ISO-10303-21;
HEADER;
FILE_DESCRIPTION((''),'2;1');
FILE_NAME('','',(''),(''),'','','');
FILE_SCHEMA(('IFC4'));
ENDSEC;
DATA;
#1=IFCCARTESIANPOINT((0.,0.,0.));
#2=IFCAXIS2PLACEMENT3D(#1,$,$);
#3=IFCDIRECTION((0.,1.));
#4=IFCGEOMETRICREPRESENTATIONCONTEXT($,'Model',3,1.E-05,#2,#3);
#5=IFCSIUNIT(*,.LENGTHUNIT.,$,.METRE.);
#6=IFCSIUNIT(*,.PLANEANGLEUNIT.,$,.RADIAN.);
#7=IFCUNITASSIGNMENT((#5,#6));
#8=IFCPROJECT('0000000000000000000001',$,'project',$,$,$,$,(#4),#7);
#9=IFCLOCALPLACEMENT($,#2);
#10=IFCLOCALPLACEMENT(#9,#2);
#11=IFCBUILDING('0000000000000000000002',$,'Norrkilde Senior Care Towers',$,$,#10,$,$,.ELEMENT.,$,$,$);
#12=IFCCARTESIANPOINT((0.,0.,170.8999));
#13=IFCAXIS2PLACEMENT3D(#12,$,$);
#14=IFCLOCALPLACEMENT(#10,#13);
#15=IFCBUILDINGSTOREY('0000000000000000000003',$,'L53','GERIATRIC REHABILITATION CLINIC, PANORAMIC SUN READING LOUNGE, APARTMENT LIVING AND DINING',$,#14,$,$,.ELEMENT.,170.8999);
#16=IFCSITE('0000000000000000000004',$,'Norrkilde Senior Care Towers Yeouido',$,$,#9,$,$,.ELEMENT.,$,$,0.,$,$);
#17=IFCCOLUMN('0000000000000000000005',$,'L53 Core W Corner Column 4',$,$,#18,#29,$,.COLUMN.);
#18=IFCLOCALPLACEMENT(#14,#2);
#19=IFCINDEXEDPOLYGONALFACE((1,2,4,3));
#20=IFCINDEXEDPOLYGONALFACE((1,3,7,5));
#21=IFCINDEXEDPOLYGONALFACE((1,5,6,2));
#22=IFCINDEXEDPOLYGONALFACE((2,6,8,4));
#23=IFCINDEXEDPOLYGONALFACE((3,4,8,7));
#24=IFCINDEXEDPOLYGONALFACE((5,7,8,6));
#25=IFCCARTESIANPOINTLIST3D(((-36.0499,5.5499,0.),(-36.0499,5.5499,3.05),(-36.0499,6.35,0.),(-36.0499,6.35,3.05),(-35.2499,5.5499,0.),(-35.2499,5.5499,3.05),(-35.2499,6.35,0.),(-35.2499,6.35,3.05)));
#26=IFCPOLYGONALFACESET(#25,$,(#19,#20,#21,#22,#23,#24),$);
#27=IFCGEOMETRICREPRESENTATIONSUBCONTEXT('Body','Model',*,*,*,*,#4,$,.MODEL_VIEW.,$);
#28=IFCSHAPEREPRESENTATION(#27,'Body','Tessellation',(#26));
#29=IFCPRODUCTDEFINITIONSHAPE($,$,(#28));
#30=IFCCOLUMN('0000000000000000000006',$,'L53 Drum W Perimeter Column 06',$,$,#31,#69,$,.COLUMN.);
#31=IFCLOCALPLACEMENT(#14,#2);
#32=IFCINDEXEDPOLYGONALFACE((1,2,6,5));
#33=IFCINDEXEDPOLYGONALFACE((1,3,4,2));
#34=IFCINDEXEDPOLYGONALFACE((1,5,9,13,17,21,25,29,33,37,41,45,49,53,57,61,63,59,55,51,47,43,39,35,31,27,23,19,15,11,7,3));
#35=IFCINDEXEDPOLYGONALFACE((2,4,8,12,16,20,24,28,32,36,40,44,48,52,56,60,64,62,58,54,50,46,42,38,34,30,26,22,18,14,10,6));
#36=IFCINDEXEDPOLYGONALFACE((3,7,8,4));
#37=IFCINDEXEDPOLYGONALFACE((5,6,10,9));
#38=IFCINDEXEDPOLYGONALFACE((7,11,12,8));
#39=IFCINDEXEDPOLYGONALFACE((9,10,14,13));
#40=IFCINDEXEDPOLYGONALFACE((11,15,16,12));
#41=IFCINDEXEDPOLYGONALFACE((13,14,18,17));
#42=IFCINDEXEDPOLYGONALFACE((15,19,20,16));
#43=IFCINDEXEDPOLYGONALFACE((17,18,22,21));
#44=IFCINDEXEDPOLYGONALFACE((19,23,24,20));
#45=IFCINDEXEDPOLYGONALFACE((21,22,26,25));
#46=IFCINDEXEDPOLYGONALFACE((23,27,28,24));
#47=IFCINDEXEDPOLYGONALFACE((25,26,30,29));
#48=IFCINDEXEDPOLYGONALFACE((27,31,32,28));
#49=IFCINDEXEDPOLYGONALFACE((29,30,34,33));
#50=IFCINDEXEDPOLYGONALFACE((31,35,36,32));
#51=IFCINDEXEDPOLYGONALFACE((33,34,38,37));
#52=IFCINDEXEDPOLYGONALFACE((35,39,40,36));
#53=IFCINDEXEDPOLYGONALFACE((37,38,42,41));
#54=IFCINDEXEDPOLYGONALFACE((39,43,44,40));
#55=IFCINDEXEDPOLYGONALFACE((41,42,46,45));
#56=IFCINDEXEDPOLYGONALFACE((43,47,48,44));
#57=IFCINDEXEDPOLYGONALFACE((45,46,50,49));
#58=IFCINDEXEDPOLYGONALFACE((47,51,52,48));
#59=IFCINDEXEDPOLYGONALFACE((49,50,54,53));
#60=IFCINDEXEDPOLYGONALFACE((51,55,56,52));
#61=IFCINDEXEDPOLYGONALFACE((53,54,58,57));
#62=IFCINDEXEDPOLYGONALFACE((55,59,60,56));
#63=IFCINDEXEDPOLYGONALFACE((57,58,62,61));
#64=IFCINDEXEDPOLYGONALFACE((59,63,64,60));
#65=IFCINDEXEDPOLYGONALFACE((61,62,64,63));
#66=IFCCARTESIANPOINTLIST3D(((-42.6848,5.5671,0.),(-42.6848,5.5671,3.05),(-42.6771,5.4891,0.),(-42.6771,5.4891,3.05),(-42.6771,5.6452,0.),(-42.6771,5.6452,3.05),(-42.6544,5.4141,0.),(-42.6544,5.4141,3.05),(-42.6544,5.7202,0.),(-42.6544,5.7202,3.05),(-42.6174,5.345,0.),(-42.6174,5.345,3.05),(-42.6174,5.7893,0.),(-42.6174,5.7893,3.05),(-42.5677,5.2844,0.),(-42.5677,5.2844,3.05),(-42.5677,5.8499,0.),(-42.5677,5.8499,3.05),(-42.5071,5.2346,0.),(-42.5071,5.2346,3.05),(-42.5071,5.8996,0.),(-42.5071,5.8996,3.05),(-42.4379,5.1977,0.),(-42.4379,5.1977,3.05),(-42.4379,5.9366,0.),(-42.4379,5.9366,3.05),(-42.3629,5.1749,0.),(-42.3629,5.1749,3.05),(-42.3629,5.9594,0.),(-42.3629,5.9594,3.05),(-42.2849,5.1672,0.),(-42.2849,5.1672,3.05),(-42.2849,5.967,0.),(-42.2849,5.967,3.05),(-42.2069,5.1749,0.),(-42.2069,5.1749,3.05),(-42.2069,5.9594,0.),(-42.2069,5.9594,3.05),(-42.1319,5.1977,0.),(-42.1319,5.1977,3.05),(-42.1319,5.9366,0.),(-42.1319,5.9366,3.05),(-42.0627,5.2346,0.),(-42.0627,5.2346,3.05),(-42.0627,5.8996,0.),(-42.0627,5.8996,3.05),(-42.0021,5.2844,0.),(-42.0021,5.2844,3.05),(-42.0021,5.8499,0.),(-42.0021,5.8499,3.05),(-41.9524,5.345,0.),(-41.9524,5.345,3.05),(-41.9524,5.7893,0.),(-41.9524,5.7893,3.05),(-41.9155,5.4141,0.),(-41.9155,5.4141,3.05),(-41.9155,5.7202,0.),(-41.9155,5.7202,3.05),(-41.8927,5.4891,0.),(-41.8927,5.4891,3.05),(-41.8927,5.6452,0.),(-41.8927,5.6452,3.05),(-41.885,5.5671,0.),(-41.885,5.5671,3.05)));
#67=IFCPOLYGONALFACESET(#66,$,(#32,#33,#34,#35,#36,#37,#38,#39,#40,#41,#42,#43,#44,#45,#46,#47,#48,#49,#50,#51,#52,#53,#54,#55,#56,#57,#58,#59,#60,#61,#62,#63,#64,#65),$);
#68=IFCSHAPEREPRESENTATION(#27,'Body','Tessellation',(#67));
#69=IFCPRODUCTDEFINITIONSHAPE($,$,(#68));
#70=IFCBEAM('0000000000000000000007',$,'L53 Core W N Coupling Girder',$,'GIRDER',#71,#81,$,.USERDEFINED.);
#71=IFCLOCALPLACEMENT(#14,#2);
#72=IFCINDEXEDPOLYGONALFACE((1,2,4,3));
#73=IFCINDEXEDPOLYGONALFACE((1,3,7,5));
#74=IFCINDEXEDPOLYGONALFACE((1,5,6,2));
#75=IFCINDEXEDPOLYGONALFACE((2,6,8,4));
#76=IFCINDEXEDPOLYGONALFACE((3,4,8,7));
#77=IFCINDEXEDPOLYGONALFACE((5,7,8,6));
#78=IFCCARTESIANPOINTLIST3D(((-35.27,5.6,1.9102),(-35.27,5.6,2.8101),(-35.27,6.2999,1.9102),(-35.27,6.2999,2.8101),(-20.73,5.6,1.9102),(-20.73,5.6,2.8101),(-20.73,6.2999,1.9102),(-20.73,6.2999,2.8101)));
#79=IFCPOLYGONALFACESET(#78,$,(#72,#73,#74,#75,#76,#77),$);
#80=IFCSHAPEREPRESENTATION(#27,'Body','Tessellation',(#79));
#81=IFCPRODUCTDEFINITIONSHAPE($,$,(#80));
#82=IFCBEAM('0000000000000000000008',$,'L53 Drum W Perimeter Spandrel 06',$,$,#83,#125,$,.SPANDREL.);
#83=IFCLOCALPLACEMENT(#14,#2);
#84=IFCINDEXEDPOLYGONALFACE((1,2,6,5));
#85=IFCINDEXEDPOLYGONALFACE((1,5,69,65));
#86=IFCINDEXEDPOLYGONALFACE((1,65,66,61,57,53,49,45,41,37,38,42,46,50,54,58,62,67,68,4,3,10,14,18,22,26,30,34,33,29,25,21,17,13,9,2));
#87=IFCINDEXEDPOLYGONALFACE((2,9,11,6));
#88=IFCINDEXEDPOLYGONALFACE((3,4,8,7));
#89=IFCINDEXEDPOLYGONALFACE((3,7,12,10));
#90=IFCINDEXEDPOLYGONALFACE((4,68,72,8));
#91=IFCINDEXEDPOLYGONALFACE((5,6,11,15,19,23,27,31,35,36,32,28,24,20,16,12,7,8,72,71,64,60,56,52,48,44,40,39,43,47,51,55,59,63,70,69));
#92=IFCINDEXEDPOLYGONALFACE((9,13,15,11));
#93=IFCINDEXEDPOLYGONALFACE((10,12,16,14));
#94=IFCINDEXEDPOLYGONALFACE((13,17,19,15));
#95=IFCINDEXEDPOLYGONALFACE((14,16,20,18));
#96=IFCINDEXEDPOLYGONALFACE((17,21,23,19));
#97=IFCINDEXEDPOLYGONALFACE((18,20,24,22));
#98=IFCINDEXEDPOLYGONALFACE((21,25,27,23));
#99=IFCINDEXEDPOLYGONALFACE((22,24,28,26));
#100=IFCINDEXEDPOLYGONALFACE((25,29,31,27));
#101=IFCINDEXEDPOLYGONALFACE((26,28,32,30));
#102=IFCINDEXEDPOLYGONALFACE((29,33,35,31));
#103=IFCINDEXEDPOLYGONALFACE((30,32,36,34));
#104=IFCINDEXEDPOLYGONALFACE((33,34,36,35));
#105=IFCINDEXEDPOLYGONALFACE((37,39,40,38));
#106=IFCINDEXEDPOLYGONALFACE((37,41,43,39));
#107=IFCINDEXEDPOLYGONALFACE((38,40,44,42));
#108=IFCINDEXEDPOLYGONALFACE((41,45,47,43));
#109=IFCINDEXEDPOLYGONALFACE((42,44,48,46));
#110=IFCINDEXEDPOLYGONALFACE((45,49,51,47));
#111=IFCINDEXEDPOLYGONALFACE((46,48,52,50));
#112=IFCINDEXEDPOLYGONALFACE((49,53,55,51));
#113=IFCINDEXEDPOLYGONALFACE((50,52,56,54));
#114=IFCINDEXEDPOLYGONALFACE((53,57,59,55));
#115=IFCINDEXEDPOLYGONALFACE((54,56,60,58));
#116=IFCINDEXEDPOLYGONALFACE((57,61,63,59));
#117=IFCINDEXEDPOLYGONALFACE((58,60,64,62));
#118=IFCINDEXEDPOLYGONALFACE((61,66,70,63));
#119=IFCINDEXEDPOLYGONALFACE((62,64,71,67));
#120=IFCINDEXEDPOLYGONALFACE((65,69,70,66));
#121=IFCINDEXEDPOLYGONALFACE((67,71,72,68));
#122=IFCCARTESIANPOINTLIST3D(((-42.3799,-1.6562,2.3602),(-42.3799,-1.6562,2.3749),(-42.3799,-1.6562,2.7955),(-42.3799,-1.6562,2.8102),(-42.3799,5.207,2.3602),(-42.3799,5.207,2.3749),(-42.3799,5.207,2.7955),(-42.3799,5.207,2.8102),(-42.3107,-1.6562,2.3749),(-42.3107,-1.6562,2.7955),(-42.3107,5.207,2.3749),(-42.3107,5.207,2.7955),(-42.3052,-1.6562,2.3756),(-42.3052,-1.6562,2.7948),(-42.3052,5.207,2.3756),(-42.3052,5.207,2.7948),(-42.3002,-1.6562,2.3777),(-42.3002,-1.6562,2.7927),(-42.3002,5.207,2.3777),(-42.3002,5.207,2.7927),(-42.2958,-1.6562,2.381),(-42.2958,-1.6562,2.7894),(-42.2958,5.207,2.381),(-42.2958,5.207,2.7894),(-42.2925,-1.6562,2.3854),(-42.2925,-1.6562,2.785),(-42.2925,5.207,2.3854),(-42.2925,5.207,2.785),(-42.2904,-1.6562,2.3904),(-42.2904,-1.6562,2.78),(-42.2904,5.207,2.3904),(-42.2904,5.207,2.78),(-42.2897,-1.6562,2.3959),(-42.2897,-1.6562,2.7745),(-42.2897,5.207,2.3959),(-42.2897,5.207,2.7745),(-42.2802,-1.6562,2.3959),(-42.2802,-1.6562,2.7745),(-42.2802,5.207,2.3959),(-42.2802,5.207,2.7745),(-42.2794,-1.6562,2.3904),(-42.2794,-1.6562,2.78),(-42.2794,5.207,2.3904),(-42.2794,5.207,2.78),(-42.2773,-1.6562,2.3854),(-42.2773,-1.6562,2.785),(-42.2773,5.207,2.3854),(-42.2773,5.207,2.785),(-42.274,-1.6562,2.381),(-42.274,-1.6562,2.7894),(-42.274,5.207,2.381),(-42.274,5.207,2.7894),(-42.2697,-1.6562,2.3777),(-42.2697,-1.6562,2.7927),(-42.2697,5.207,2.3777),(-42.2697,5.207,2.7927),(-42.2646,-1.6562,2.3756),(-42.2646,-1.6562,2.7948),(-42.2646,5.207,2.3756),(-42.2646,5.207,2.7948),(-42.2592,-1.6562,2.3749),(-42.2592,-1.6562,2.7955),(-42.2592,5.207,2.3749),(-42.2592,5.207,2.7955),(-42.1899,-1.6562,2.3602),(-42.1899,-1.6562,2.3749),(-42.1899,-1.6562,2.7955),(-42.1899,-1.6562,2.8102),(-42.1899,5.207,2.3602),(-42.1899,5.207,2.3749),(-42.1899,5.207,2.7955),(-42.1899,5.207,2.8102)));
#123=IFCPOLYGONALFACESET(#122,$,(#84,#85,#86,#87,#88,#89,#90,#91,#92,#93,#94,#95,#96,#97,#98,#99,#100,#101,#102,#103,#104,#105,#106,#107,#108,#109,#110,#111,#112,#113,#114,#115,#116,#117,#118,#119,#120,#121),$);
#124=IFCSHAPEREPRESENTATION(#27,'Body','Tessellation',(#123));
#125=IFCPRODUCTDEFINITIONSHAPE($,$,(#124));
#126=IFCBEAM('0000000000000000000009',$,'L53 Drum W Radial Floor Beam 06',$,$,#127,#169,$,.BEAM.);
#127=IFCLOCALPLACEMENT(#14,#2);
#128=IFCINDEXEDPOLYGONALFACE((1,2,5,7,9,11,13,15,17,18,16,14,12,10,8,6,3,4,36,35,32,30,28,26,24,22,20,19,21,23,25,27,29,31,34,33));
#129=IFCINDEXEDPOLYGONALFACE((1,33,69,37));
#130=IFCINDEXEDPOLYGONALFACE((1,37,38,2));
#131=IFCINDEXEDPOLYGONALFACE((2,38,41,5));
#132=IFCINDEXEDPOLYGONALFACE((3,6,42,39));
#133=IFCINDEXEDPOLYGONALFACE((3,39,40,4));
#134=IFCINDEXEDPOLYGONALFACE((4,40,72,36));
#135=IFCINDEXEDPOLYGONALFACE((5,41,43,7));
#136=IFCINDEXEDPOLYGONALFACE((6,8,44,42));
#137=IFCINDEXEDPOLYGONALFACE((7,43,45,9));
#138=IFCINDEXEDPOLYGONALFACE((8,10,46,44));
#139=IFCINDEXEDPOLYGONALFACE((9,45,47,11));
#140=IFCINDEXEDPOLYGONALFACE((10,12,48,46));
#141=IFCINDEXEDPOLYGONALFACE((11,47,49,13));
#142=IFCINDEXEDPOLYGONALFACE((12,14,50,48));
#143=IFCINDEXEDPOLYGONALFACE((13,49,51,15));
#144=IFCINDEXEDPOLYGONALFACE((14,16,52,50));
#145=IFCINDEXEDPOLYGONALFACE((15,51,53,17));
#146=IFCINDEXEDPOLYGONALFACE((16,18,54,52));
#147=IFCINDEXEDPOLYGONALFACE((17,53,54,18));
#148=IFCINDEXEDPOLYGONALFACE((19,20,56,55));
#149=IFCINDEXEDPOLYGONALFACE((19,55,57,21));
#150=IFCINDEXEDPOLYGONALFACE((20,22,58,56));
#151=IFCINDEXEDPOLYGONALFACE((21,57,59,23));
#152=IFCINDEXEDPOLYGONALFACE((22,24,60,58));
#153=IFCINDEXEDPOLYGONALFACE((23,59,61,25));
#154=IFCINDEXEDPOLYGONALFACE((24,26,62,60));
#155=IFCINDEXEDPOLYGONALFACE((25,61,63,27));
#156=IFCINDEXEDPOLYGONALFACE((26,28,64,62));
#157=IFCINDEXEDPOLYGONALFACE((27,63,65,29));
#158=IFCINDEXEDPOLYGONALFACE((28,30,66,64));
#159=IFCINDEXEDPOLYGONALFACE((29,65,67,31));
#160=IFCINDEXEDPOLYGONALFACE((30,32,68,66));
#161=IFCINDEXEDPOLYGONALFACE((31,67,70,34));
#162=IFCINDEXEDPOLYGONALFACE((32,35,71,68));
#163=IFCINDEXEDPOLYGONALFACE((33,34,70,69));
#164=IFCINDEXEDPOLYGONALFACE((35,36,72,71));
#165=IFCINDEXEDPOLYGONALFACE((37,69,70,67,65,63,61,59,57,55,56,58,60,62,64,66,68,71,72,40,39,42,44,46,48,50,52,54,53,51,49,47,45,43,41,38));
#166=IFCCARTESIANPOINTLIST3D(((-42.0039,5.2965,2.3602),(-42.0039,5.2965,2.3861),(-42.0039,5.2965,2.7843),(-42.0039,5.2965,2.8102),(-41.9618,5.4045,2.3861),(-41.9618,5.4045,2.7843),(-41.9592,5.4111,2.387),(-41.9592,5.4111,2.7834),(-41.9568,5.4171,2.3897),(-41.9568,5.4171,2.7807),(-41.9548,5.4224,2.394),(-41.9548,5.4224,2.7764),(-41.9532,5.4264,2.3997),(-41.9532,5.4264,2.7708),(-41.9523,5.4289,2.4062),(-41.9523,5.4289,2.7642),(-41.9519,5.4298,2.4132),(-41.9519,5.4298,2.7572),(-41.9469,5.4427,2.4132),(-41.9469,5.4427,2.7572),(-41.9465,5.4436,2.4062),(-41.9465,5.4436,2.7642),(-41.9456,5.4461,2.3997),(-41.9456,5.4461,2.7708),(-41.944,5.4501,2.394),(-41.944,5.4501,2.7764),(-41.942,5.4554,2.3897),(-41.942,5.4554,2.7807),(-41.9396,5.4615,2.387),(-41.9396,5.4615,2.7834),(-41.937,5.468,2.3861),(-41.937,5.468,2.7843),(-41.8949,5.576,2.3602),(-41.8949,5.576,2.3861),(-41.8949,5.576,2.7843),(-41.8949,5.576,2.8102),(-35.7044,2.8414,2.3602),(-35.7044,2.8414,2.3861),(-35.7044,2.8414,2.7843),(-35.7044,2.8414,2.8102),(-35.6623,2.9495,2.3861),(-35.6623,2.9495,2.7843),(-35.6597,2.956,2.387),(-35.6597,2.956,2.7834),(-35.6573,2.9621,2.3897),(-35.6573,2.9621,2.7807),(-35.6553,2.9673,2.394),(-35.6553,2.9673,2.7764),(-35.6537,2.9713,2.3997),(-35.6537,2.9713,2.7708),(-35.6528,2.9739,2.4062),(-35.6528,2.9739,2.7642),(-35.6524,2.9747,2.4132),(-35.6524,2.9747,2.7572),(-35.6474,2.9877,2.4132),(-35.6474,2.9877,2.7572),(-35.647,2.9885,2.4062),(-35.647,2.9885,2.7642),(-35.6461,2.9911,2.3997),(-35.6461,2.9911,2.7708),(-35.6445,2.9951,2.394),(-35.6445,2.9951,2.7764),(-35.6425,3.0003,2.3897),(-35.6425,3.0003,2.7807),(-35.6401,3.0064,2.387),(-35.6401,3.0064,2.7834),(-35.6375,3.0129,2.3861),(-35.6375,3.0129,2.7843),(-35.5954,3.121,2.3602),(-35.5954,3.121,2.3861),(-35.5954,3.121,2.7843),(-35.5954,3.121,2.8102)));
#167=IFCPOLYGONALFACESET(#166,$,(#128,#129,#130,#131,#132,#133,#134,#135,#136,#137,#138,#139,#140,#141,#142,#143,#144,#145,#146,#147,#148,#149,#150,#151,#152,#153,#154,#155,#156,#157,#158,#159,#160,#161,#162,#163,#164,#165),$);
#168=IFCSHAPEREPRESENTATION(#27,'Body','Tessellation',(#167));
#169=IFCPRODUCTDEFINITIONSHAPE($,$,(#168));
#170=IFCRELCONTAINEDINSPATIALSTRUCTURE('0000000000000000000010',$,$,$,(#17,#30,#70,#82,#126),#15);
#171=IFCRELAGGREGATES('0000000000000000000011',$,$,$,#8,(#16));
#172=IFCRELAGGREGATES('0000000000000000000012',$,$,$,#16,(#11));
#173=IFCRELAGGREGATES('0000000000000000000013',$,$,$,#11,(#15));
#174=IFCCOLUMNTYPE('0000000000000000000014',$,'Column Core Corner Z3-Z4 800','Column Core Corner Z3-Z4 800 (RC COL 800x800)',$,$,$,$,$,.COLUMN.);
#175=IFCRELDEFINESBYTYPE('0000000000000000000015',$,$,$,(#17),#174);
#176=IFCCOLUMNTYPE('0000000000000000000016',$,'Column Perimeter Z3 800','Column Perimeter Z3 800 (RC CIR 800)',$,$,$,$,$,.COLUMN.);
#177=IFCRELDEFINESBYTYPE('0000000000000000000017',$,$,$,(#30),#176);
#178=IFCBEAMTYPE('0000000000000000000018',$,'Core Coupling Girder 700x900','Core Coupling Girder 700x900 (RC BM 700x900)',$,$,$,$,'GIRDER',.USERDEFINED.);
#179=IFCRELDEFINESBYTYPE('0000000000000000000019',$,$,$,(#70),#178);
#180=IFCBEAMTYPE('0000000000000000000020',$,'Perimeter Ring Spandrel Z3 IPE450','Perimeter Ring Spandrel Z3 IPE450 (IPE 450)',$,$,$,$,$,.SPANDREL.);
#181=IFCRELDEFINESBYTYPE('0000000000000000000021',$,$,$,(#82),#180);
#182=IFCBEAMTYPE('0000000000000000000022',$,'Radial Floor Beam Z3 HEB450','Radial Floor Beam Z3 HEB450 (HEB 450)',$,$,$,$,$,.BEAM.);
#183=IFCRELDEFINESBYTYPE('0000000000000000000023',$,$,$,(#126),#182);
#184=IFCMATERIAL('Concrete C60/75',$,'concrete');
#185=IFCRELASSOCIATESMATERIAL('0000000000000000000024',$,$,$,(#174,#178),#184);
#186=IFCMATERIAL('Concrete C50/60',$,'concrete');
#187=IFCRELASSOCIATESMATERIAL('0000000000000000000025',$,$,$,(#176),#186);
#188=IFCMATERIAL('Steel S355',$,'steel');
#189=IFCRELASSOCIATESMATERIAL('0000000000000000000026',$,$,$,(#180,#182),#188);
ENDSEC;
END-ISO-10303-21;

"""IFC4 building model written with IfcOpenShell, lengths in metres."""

from ifc_helpers import new_model, si_unit, direction, frame, origin, origin_2d, place, context, subcontext, project, spatial, rectangle, circle, i_section, extrude, source, transform, mapped, material, material_profile, profile_set, type_object, type_shapes, element, save


model = new_model("IFC4")

# Units and contexts
model_context = context("Model", 3, precision=1e-05, world=origin(), true_north=direction((0.0, 1.0)))
body_context = subcontext(model_context, "Body", "Model", "MODEL_VIEW")
ifc_project = project(units=[si_unit("LENGTHUNIT", "METRE"), si_unit("PLANEANGLEUNIT", "RADIAN")], contexts=[model_context])

# Site, building, storey
site_placement = place(None, origin())
site = spatial("IfcSite", under=ifc_project, at=site_placement, Name="Norrkilde Senior Care Towers Yeouido", CompositionType="ELEMENT", RefElevation=0.0)
building_placement = place(site_placement, origin())
building = spatial("IfcBuilding", under=site, at=building_placement, Name="Norrkilde Senior Care Towers", CompositionType="ELEMENT")
storey_placement = place(building_placement, frame((0.0, 0.0, 170.8999)))
storey = spatial("IfcBuildingStorey", under=building, at=storey_placement, Name="L53", Description="GERIATRIC REHABILITATION CLINIC, PANORAMIC SUN READING LOUNGE, APARTMENT LIVING AND DINING", CompositionType="ELEMENT", Elevation=170.8999)

# Columns
ifc_material_1 = material(Name="Concrete C60/75", Category="concrete")
ifc_material_profile_1 = material_profile(ifc_material_1, rectangle(XDim=0.8, YDim=0.8, at=origin_2d()), Name="RC COL 800x800")
ifc_profile_set_1 = profile_set([ifc_material_profile_1], Name="Concrete C60/75")
column_type_1 = type_object("IfcColumnType", Name="Column Core Corner Z3-Z4 800", Description="Column Core Corner Z3-Z4 800 (RC COL 800x800)", PredefinedType="COLUMN", material=ifc_profile_set_1)
shared_shape_1 = source(origin(), body_context, "Body", "SweptSolid", [
    extrude(rectangle(XDim=0.8, YDim=0.8, at=origin_2d()), origin(), (0.0, 0.0, 1.0), 3.05),
])
type_shapes(column_type_1, [shared_shape_1])
column_1_placement = place(storey_placement, frame((-35.6499, 5.95, 0.0), z_axis=(0.0, 0.0, 1.0), x_axis=(1.0, 0.0, 0.0)))
element("IfcColumn", 1, at=column_1_placement, inside=storey, type_object=column_type_1, Name="L53 Core W Corner Column 4", PredefinedType="COLUMN", context=body_context, shape_type="MappedRepresentation", body=[
    mapped(shared_shape_1, transform((0.0, 0.0, 0.0), x_axis=(1.0, 0.0, 0.0), y_axis=(0.0, 1.0, 0.0), z_axis=(0.0, 0.0, 1.0), scale=1.0)),
])
ifc_material_2 = material(Name="Concrete C50/60", Category="concrete")
ifc_material_profile_2 = material_profile(ifc_material_2, circle(Radius=0.3999, at=origin_2d()), Name="RC CIR 800")
ifc_profile_set_2 = profile_set([ifc_material_profile_2], Name="Concrete C50/60")
column_type_2 = type_object("IfcColumnType", Name="Column Perimeter Z3 800", Description="Column Perimeter Z3 800 (RC CIR 800)", PredefinedType="COLUMN", material=ifc_profile_set_2)
shared_shape_2 = source(origin(), body_context, "Body", "SweptSolid", [
    extrude(circle(Radius=0.3999, at=origin_2d()), origin(), (0.0, 0.0, 1.0), 3.05),
])
type_shapes(column_type_2, [shared_shape_2])
column_2_placement = place(storey_placement, frame((-42.2849, 5.5671, 0.0), z_axis=(0.0, 0.0, 1.0), x_axis=(1.0, 0.0, 0.0)))
element("IfcColumn", 2, at=column_2_placement, inside=storey, type_object=column_type_2, Name="L53 Drum W Perimeter Column 06", PredefinedType="COLUMN", context=body_context, shape_type="MappedRepresentation", body=[
    mapped(shared_shape_2, transform((0.0, 0.0, 0.0), x_axis=(1.0, 0.0, 0.0), y_axis=(0.0, 1.0, 0.0), z_axis=(0.0, 0.0, 1.0), scale=1.0)),
])

# Beams
ifc_material_profile_3 = material_profile(ifc_material_1, rectangle(XDim=0.7, YDim=0.8999, at=origin_2d()), Name="RC BM 700x900")
ifc_profile_set_3 = profile_set([ifc_material_profile_3], Name="Concrete C60/75")
beam_type_1 = type_object("IfcBeamType", Name="Core Coupling Girder 700x900", Description="Core Coupling Girder 700x900 (RC BM 700x900)", ElementType="GIRDER", PredefinedType="USERDEFINED", material=ifc_profile_set_3)
shared_shape_3 = source(origin(), body_context, "Body", "SweptSolid", [
    extrude(rectangle(XDim=0.7, YDim=0.8999, at=origin_2d()), origin(), (0.0, 0.0, 1.0), 14.54),
])
type_shapes(beam_type_1, [shared_shape_3])
beam_1_placement = place(storey_placement, frame((-35.27, 5.95, 2.3601), z_axis=(1.0, 0.0, 0.0), x_axis=(0.0, 1.0, 0.0)))
element("IfcBeam", 3, at=beam_1_placement, inside=storey, type_object=beam_type_1, Name="L53 Core W N Coupling Girder", ObjectType="GIRDER", PredefinedType="USERDEFINED", context=body_context, shape_type="MappedRepresentation", body=[
    mapped(shared_shape_3, transform((0.0, 0.0, 0.0), x_axis=(1.0, 0.0, 0.0), y_axis=(0.0, 1.0, 0.0), z_axis=(0.0, 0.0, 1.0), scale=1.0)),
])
ifc_material_3 = material(Name="Steel S355", Category="steel")
ifc_material_profile_4 = material_profile(ifc_material_3, i_section(OverallWidth=0.1899, OverallDepth=0.45, WebThickness=0.0095, FlangeThickness=0.0146, FilletRadius=0.021, at=origin_2d()), Name="IPE 450")
ifc_profile_set_4 = profile_set([ifc_material_profile_4], Name="Steel S355")
beam_type_2 = type_object("IfcBeamType", Name="Perimeter Ring Spandrel Z3 IPE450", Description="Perimeter Ring Spandrel Z3 IPE450 (IPE 450)", PredefinedType="SPANDREL", material=ifc_profile_set_4)
shared_shape_4 = source(origin(), body_context, "Body", "SweptSolid", [
    extrude(i_section(OverallWidth=0.1899, OverallDepth=0.45, WebThickness=0.0095, FlangeThickness=0.0146, FilletRadius=0.021, at=origin_2d()), origin(), (0.0, 0.0, 1.0), 6.8633),
])
type_shapes(beam_type_2, [shared_shape_4])
beam_2_placement = place(storey_placement, frame((-42.2849, 5.207, 2.5852), z_axis=(0.0, -1.0, 0.0), x_axis=(1.0, 0.0, 0.0)))
element("IfcBeam", 4, at=beam_2_placement, inside=storey, type_object=beam_type_2, Name="L53 Drum W Perimeter Spandrel 06", PredefinedType="SPANDREL", context=body_context, shape_type="MappedRepresentation", body=[
    mapped(shared_shape_4, transform((0.0, 0.0, 0.0), x_axis=(1.0, 0.0, 0.0), y_axis=(0.0, 1.0, 0.0), z_axis=(0.0, 0.0, 1.0), scale=1.0)),
])
ifc_material_profile_5 = material_profile(ifc_material_3, i_section(OverallWidth=0.3, OverallDepth=0.45, WebThickness=0.0139, FlangeThickness=0.0259, FilletRadius=0.0271, at=origin_2d()), Name="HEB 450")
ifc_profile_set_5 = profile_set([ifc_material_profile_5], Name="Steel S355")
beam_type_3 = type_object("IfcBeamType", Name="Radial Floor Beam Z3 HEB450", Description="Radial Floor Beam Z3 HEB450 (HEB 450)", PredefinedType="BEAM", material=ifc_profile_set_5)
shared_shape_5 = source(origin(), body_context, "Body", "SweptSolid", [
    extrude(i_section(OverallWidth=0.3, OverallDepth=0.45, WebThickness=0.0139, FlangeThickness=0.0259, FilletRadius=0.0271, at=origin_2d()), origin(), (0.0, 0.0, 1.0), 6.761),
])
type_shapes(beam_type_3, [shared_shape_5])
beam_3_placement = place(storey_placement, frame((-35.6499, 2.9812, 2.5852), z_axis=(-0.931742, 0.363121, 0.0), x_axis=(-0.363121, -0.931742, 0.0)))
element("IfcBeam", 5, at=beam_3_placement, inside=storey, type_object=beam_type_3, Name="L53 Drum W Radial Floor Beam 06", PredefinedType="BEAM", context=body_context, shape_type="MappedRepresentation", body=[
    mapped(shared_shape_5, transform((0.0, 0.0, 0.0), x_axis=(1.0, 0.0, 0.0), y_axis=(0.0, 1.0, 0.0), z_axis=(0.0, 0.0, 1.0), scale=1.0)),
])

save(model, "model.ifc")
